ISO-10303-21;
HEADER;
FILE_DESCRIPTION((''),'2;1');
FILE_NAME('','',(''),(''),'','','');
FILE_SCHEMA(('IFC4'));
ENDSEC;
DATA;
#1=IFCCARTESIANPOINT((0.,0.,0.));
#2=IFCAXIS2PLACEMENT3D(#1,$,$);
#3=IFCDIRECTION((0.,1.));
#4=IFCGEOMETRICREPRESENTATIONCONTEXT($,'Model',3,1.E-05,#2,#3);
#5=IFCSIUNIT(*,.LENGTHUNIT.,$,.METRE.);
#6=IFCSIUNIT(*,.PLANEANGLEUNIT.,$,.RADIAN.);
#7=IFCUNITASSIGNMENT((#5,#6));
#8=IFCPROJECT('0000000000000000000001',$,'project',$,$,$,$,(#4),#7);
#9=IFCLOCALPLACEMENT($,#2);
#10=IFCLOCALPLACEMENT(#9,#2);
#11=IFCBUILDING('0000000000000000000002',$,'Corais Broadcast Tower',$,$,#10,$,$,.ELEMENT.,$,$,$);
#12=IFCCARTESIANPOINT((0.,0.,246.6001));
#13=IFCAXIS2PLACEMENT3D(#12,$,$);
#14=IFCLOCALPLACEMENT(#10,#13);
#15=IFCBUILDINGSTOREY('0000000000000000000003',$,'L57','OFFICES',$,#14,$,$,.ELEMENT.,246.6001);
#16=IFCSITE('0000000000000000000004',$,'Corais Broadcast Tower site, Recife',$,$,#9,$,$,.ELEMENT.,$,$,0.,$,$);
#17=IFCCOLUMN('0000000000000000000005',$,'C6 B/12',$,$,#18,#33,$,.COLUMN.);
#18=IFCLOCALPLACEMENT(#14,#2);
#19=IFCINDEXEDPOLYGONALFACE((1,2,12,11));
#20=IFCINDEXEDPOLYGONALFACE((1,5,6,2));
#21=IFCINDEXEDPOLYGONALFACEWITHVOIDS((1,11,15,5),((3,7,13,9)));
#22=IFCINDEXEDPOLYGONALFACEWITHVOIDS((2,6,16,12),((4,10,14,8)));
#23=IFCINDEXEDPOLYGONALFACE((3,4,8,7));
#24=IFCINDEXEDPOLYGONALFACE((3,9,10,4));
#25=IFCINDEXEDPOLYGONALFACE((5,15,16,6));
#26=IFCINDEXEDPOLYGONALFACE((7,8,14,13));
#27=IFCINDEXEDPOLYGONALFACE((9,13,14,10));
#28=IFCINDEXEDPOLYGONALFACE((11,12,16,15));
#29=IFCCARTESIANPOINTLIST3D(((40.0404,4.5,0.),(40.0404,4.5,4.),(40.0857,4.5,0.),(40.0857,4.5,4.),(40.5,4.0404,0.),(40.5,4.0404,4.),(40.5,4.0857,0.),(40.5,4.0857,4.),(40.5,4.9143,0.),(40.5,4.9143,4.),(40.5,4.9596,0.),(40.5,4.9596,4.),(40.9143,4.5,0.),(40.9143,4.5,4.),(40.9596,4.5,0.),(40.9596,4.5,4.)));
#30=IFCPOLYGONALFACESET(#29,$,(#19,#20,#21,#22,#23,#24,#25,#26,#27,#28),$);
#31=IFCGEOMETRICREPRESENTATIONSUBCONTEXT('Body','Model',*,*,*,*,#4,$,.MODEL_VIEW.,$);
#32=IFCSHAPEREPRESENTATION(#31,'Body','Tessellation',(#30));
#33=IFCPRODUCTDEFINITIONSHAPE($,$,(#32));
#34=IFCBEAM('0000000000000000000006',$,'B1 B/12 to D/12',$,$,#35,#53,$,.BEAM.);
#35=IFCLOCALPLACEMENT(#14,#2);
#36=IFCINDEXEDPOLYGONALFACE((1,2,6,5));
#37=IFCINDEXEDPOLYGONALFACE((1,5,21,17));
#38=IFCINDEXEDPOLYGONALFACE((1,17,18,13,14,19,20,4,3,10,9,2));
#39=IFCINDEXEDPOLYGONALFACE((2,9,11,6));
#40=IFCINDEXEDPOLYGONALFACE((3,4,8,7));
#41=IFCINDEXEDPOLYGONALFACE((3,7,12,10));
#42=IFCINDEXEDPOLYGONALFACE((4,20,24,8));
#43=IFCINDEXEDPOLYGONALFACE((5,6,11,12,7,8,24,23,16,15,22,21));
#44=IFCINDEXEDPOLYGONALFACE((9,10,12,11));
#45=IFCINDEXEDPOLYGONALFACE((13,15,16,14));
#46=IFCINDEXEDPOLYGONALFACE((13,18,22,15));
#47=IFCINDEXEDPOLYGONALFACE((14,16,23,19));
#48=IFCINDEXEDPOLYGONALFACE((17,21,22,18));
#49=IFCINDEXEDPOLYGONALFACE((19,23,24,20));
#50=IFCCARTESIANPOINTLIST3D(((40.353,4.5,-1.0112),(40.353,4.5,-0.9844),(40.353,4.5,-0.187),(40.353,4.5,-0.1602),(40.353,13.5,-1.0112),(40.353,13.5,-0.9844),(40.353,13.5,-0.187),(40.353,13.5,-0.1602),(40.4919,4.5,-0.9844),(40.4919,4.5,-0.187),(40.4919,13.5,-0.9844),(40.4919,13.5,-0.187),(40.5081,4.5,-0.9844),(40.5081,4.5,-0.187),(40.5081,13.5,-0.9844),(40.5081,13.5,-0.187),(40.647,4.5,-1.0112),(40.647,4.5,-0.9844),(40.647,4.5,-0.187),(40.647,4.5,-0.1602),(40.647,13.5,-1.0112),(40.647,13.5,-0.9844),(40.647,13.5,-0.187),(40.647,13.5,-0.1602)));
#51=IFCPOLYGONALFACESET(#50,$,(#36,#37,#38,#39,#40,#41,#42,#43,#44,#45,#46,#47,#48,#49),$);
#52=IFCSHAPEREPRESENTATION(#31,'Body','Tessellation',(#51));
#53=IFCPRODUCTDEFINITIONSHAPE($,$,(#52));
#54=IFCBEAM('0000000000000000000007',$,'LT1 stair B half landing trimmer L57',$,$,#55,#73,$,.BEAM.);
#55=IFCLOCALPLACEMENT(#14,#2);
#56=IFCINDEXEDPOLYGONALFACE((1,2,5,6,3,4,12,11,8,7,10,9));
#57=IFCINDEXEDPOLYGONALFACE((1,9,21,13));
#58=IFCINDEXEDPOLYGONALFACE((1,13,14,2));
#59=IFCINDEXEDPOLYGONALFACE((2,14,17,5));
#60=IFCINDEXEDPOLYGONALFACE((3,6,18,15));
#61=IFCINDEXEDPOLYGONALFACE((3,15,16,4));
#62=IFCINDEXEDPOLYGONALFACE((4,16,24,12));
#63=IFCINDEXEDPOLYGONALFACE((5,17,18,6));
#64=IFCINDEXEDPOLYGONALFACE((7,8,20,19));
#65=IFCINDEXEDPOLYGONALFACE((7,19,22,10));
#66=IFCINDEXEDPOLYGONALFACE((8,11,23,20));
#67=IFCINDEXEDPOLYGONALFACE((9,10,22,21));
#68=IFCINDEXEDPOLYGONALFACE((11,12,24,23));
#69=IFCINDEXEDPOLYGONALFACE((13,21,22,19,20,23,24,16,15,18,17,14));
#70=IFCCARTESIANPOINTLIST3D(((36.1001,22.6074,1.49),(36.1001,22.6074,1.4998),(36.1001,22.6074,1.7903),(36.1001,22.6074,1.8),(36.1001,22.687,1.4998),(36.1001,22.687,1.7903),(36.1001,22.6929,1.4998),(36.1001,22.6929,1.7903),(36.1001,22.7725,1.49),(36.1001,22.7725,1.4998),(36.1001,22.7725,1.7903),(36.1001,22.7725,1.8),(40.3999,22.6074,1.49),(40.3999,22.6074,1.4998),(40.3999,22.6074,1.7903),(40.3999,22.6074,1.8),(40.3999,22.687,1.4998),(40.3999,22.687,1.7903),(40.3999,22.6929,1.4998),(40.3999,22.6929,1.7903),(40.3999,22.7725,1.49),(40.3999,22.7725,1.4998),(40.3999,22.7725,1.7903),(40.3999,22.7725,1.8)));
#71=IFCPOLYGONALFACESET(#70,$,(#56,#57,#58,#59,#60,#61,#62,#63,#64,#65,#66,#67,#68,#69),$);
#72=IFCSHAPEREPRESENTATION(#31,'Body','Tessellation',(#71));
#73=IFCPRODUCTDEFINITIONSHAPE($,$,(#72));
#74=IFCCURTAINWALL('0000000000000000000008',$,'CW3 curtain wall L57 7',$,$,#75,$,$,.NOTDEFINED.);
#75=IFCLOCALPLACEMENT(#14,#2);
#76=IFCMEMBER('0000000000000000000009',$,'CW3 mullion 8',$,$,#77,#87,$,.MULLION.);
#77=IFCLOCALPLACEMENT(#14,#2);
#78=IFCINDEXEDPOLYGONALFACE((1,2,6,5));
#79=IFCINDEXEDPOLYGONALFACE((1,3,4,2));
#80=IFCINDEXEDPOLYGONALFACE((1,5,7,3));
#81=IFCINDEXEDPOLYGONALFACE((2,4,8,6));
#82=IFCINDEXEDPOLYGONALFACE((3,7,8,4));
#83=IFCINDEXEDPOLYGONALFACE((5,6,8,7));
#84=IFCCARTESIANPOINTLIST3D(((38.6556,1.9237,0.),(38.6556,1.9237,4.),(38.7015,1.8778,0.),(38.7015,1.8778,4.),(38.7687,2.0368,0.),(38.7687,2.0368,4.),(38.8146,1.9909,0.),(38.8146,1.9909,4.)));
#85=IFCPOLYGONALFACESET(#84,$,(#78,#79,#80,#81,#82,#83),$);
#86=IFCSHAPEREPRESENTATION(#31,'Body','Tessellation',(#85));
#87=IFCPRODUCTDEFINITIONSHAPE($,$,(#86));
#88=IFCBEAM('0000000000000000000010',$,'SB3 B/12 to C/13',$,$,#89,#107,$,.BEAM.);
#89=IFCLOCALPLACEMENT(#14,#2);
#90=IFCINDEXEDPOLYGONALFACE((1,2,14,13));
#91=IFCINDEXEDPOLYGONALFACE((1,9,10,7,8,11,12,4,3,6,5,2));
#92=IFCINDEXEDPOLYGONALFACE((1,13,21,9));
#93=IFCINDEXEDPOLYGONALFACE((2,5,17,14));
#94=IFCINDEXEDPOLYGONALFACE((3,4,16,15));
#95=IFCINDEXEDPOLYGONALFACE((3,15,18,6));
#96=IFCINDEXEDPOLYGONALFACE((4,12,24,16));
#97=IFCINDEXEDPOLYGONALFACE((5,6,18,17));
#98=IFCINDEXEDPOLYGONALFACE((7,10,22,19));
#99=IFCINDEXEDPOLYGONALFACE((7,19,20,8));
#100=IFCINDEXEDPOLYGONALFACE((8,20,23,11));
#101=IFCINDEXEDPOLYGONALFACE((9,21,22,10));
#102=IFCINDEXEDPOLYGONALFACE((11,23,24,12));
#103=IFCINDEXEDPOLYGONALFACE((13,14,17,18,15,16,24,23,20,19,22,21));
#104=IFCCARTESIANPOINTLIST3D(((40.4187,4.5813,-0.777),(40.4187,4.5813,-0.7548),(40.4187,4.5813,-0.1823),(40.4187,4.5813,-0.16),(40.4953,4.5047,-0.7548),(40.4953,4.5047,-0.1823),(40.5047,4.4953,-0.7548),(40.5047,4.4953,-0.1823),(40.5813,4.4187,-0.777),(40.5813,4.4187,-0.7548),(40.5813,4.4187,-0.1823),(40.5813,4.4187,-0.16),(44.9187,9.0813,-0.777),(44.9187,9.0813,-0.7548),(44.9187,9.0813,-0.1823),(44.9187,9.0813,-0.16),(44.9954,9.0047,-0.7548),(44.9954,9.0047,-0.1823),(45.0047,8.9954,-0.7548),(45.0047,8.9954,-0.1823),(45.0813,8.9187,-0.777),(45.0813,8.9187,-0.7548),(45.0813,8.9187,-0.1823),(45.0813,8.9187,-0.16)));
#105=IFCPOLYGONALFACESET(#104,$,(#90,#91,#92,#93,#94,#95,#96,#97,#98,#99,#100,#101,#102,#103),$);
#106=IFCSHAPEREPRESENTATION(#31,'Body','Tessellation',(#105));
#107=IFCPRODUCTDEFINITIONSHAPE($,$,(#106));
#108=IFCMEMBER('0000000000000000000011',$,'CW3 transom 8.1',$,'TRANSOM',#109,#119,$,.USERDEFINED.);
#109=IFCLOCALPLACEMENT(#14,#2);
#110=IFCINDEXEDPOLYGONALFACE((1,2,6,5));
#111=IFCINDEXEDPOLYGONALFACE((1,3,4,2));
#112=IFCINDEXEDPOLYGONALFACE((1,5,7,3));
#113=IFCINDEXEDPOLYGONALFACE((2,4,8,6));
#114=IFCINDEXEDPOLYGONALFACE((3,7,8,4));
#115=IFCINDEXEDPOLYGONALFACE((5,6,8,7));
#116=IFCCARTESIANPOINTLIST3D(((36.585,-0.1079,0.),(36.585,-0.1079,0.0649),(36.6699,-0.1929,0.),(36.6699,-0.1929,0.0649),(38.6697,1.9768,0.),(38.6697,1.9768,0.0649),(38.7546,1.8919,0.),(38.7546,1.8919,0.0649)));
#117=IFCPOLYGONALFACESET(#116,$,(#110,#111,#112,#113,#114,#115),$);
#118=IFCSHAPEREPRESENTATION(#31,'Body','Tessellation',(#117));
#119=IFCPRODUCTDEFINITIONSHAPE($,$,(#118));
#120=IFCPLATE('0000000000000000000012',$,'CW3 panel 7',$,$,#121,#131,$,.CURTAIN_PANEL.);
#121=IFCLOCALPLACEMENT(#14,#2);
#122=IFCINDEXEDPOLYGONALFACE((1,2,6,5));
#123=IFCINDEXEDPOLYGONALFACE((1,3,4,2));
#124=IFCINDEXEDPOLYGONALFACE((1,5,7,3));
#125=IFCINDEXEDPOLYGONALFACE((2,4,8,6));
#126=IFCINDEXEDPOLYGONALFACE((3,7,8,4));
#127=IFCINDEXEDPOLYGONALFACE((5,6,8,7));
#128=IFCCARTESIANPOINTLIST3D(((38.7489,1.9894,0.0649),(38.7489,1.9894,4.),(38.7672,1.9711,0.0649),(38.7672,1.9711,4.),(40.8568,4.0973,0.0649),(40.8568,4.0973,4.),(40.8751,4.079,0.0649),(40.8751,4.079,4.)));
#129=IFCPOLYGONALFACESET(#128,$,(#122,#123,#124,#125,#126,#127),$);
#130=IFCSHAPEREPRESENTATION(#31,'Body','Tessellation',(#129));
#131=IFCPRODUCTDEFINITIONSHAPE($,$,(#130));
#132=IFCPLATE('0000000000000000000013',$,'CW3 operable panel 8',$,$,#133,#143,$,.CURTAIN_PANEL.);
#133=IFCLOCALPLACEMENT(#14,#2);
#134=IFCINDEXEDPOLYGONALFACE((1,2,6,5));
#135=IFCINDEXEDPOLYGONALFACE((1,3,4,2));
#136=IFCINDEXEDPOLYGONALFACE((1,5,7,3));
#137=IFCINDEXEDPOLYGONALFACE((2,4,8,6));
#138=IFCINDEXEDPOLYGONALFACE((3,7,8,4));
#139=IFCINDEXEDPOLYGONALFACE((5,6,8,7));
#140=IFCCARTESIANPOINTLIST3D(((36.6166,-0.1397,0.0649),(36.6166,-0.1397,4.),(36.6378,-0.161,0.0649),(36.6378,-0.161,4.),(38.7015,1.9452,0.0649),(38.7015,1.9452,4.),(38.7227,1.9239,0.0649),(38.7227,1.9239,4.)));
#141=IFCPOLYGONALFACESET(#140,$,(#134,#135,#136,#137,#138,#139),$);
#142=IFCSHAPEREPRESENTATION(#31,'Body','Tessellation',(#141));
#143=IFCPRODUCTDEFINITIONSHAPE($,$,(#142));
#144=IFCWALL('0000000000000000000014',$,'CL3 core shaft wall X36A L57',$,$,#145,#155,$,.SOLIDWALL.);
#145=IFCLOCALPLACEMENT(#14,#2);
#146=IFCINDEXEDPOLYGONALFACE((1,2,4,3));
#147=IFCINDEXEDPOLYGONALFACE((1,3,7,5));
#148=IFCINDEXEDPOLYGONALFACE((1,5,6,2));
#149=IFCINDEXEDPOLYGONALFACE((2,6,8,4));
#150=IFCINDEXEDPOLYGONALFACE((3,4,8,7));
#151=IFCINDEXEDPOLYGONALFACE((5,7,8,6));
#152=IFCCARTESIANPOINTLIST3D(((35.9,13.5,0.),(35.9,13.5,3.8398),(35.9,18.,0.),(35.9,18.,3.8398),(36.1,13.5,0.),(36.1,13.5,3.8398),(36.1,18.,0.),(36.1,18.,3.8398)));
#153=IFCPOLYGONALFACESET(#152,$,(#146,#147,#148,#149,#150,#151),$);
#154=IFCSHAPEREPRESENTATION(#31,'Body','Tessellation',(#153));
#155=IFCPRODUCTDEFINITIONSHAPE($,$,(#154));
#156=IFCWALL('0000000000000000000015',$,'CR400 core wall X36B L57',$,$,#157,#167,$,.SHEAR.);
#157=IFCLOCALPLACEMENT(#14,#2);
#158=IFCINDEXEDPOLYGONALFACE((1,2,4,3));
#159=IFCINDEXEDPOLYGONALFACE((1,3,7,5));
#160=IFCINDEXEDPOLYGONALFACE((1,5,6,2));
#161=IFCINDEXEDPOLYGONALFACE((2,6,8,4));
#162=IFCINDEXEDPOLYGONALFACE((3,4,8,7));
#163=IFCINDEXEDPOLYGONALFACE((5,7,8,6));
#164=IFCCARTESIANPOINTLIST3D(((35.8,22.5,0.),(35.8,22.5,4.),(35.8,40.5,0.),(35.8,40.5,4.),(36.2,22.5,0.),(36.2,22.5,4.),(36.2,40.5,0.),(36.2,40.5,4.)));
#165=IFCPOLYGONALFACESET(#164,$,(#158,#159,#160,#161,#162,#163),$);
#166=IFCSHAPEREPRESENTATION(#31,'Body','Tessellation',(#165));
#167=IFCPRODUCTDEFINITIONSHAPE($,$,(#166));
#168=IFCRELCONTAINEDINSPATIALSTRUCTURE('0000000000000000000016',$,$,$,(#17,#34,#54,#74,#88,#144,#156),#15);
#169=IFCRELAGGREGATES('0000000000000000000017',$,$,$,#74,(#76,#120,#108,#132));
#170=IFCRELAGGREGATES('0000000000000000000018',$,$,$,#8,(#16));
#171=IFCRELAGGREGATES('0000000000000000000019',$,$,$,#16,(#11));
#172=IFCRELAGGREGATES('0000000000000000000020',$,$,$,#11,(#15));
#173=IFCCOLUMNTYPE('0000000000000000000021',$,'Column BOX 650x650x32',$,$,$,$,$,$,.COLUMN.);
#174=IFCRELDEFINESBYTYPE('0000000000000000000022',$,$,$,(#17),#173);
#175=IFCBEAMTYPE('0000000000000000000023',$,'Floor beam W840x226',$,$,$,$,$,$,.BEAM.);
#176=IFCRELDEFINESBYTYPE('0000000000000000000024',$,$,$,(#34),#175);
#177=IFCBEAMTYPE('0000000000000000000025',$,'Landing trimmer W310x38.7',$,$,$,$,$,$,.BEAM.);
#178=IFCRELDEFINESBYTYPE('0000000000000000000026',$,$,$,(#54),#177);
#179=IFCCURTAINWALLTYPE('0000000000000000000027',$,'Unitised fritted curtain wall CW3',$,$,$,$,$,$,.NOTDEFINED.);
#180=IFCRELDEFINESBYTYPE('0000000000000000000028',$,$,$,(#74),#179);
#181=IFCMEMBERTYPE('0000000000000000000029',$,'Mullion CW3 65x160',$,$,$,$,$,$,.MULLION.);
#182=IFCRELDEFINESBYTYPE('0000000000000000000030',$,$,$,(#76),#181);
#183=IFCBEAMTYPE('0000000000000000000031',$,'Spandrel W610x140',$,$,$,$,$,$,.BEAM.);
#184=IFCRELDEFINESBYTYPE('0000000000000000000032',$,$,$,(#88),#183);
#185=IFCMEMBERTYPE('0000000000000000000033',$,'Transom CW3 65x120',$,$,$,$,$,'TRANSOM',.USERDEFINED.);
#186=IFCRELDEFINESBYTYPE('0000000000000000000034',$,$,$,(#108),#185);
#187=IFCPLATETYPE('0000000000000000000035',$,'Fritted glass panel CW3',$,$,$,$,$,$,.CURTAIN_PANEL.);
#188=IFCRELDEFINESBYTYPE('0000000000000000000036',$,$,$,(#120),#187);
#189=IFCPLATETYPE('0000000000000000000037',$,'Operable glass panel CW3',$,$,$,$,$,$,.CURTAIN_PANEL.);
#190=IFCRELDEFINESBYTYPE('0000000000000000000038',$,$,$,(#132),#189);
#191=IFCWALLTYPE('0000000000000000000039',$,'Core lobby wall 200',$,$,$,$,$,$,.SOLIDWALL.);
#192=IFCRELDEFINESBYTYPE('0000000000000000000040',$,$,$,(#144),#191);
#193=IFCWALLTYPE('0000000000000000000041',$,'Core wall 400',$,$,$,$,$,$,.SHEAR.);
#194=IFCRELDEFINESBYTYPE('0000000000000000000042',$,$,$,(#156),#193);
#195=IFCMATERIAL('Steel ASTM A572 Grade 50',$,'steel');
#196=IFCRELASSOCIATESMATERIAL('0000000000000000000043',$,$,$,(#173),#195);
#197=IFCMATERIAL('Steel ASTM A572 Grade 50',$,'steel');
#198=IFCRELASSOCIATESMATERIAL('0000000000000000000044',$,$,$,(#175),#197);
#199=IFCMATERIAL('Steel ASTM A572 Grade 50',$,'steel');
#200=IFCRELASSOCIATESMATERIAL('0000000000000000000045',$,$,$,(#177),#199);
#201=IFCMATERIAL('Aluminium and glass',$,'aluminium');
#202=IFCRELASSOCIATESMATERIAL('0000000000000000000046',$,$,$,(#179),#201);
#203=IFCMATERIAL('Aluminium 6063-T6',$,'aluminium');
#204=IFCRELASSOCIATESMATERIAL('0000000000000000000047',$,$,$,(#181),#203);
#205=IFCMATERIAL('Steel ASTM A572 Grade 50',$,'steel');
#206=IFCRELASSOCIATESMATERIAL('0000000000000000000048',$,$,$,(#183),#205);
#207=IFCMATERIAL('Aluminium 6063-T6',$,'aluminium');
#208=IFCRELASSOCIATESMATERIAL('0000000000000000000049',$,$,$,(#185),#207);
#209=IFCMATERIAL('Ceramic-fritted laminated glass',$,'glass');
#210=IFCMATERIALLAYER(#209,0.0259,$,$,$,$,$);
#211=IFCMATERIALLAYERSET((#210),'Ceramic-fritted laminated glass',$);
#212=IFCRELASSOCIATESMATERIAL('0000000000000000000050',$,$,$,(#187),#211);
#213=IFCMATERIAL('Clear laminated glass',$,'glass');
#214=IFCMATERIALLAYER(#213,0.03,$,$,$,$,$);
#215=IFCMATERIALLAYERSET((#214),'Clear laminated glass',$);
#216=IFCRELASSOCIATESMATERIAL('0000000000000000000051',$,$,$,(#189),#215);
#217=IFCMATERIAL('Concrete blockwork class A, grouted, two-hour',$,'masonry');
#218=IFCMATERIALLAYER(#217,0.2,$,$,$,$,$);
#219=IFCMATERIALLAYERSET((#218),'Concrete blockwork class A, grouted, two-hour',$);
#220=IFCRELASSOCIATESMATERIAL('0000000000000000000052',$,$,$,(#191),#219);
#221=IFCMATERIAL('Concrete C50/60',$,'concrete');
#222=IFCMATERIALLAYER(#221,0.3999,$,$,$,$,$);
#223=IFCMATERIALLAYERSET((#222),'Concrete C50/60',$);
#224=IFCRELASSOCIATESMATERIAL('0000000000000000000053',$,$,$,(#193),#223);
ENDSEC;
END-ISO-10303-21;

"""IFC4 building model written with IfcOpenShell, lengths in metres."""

from ifc_helpers import new_model, si_unit, direction, frame, frame_2d, origin, origin_2d, place, context, subcontext, project, spatial, rectangle, hollow_rectangle, i_section, extrude, material, layer, layer_set, material_profile, profile_set, type_object, element, aggregate, save


model = new_model("IFC4")

# Units and contexts
model_context = context("Model", 3, precision=1e-05, world=origin(), true_north=direction((0.0, 1.0)))
body_context = subcontext(model_context, "Body", "Model", "MODEL_VIEW")
ifc_project = project(units=[si_unit("LENGTHUNIT", "METRE"), si_unit("PLANEANGLEUNIT", "RADIAN")], contexts=[model_context])

# Site, building, storey
site_placement = place(None, origin())
site = spatial("IfcSite", under=ifc_project, at=site_placement, Name="Corais Broadcast Tower site, Recife", CompositionType="ELEMENT", RefElevation=0.0)
building_placement = place(site_placement, origin())
building = spatial("IfcBuilding", under=site, at=building_placement, Name="Corais Broadcast Tower", CompositionType="ELEMENT")
storey_placement = place(building_placement, frame((0.0, 0.0, 246.6001)))
storey = spatial("IfcBuildingStorey", under=building, at=storey_placement, Name="L57", Description="OFFICES", CompositionType="ELEMENT", Elevation=246.6001)

# Column
ifc_material_1 = material(Name="Steel ASTM A572 Grade 50", Category="steel")
ifc_material_profile_1 = material_profile(ifc_material_1, hollow_rectangle(XDim=0.6499, YDim=0.6499, WallThickness=0.032, at=origin_2d()), Name="BOX 650x650x32")
ifc_profile_set_1 = profile_set([ifc_material_profile_1], Name="Steel ASTM A572 Grade 50")
column_type = type_object("IfcColumnType", Name="Column BOX 650x650x32", PredefinedType="COLUMN", material=ifc_profile_set_1)
column_placement = place(storey_placement, frame((40.5, 4.5, 0.0), z_axis=(0.0, 0.0, 1.0), x_axis=(0.707107, 0.707107, 0.0)))
element("IfcColumn", 1, at=column_placement, inside=storey, type_object=column_type, Name="C6 B/12", PredefinedType="COLUMN", context=body_context, shape_type="SweptSolid", body=[
    extrude(hollow_rectangle(XDim=0.6499, YDim=0.6499, WallThickness=0.032, at=origin_2d()), origin(), (0.0, 0.0, 1.0), 4.0),
])

# Beams
ifc_material_2 = material(Name="Steel ASTM A572 Grade 50", Category="steel")
ifc_material_profile_2 = material_profile(ifc_material_2, i_section(OverallWidth=0.2939, OverallDepth=0.8511, WebThickness=0.0161, FlangeThickness=0.0269, at=origin_2d()), Name="W840x226")
ifc_profile_set_2 = profile_set([ifc_material_profile_2], Name="Steel ASTM A572 Grade 50")
beam_type_1 = type_object("IfcBeamType", Name="Floor beam W840x226", PredefinedType="BEAM", material=ifc_profile_set_2)
beam_1_placement = place(storey_placement, frame((40.5, 4.5, -0.5857), z_axis=(0.0, 1.0, 0.0), x_axis=(-1.0, 0.0, 0.0)))
element("IfcBeam", 2, at=beam_1_placement, inside=storey, type_object=beam_type_1, Name="B1 B/12 to D/12", PredefinedType="BEAM", context=body_context, shape_type="SweptSolid", body=[
    extrude(i_section(OverallWidth=0.2939, OverallDepth=0.8511, WebThickness=0.0161, FlangeThickness=0.0269, at=origin_2d()), origin(), (0.0, 0.0, 1.0), 9.0),
])
ifc_material_3 = material(Name="Steel ASTM A572 Grade 50", Category="steel")
ifc_material_profile_3 = material_profile(ifc_material_3, i_section(OverallWidth=0.165, OverallDepth=0.3101, WebThickness=0.0059, FlangeThickness=0.0098, at=origin_2d()), Name="W310x38.7")
ifc_profile_set_3 = profile_set([ifc_material_profile_3], Name="Steel ASTM A572 Grade 50")
beam_type_2 = type_object("IfcBeamType", Name="Landing trimmer W310x38.7", PredefinedType="BEAM", material=ifc_profile_set_3)
beam_2_placement = place(storey_placement, frame((36.1001, 22.6899, 1.645), z_axis=(1.0, 0.0, 0.0), x_axis=(0.0, 1.0, 0.0)))
element("IfcBeam", 3, at=beam_2_placement, inside=storey, type_object=beam_type_2, Name="LT1 stair B half landing trimmer L57", PredefinedType="BEAM", context=body_context, shape_type="SweptSolid", body=[
    extrude(i_section(OverallWidth=0.165, OverallDepth=0.3101, WebThickness=0.0059, FlangeThickness=0.0098, at=origin_2d()), origin(), (0.0, 0.0, 1.0), 4.2998),
])

# Curtain wall, member
ifc_material_4 = material(Name="Aluminium and glass", Category="aluminium")
curtain_wall_type = type_object("IfcCurtainWallType", Name="Unitised fritted curtain wall CW3", PredefinedType="NOTDEFINED", material=ifc_material_4)
curtain_wall_placement = place(storey_placement, origin())
curtain_wall = element("IfcCurtainWall", 4, at=curtain_wall_placement, inside=storey, type_object=curtain_wall_type, Name="CW3 curtain wall L57 7", PredefinedType="NOTDEFINED")
ifc_material_5 = material(Name="Aluminium 6063-T6", Category="aluminium")
ifc_material_profile_4 = material_profile(ifc_material_5, rectangle(XDim=0.0649, YDim=0.1599, at=origin_2d()), Name="Mullion CW3 65x160")
ifc_profile_set_4 = profile_set([ifc_material_profile_4], Name="Aluminium 6063-T6")
member_type_1 = type_object("IfcMemberType", Name="Mullion CW3 65x160", PredefinedType="MULLION", material=ifc_profile_set_4)
member_1_placement = place(storey_placement, frame((38.7351, 1.9573, 0.0), z_axis=(0.0, 0.0, 1.0), x_axis=(0.707107, -0.707107, 0.0)))
member_1 = element("IfcMember", 5, at=member_1_placement, type_object=member_type_1, Name="CW3 mullion 8", PredefinedType="MULLION", context=body_context, shape_type="SweptSolid", body=[
    extrude(rectangle(XDim=0.0649, YDim=0.1599, at=origin_2d()), origin(), (0.0, 0.0, 1.0), 4.0),
])

# Beam
ifc_material_6 = material(Name="Steel ASTM A572 Grade 50", Category="steel")
ifc_material_profile_5 = material_profile(ifc_material_6, i_section(OverallWidth=0.23, OverallDepth=0.6169, WebThickness=0.0132, FlangeThickness=0.0222, at=origin_2d()), Name="W610x140")
ifc_profile_set_5 = profile_set([ifc_material_profile_5], Name="Steel ASTM A572 Grade 50")
beam_type_3 = type_object("IfcBeamType", Name="Spandrel W610x140", PredefinedType="BEAM", material=ifc_profile_set_5)
beam_3_placement = place(storey_placement, frame((40.5, 4.5, -0.4685), z_axis=(0.707107, 0.707107, 0.0), x_axis=(-0.707107, 0.707107, 0.0)))
element("IfcBeam", 6, at=beam_3_placement, inside=storey, type_object=beam_type_3, Name="SB3 B/12 to C/13", PredefinedType="BEAM", context=body_context, shape_type="SweptSolid", body=[
    extrude(i_section(OverallWidth=0.23, OverallDepth=0.6169, WebThickness=0.0132, FlangeThickness=0.0222, at=origin_2d()), origin(), (0.0, 0.0, 1.0), 6.364),
])

# Member
ifc_material_7 = material(Name="Aluminium 6063-T6", Category="aluminium")
ifc_material_profile_6 = material_profile(ifc_material_7, rectangle(XDim=0.1201, YDim=0.0649, at=origin_2d()), Name="Transom CW3 65x120")
ifc_profile_set_6 = profile_set([ifc_material_profile_6], Name="Aluminium 6063-T6")
member_type_2 = type_object("IfcMemberType", Name="Transom CW3 65x120", ElementType="TRANSOM", PredefinedType="USERDEFINED", material=ifc_profile_set_6)
member_2_placement = place(storey_placement, frame((38.7122, 1.9343, 0.0325), z_axis=(-0.707107, -0.707107, 0.0), x_axis=(0.707107, -0.707107, 0.0)))
member_2 = element("IfcMember", 7, at=member_2_placement, type_object=member_type_2, Name="CW3 transom 8.1", ObjectType="TRANSOM", PredefinedType="USERDEFINED", context=body_context, shape_type="SweptSolid", body=[
    extrude(rectangle(XDim=0.1201, YDim=0.0649, at=origin_2d()), origin(), (0.0, 0.0, 1.0), 2.9482),
])

# Plates
ifc_material_8 = material(Name="Ceramic-fritted laminated glass", Category="glass")
ifc_layer_1 = layer(ifc_material_8, 0.0259)
ifc_layer_set_1 = layer_set([ifc_layer_1], Name="Ceramic-fritted laminated glass")
plate_type_1 = type_object("IfcPlateType", Name="Fritted glass panel CW3", PredefinedType="CURTAIN_PANEL", material=ifc_layer_set_1)
plate_1_placement = place(storey_placement, frame((39.812, 3.0342, 0.0649), z_axis=(0.0, 0.0, 1.0), x_axis=(-0.707107, -0.707107, 0.0)))
plate_1 = element("IfcPlate", 8, at=plate_1_placement, type_object=plate_type_1, Name="CW3 panel 7", PredefinedType="CURTAIN_PANEL", context=body_context, shape_type="SweptSolid", body=[
    extrude(rectangle(XDim=2.981, YDim=0.0259, at=origin_2d()), origin(), (0.0, 0.0, 1.0), 3.9351),
])
ifc_material_9 = material(Name="Clear laminated glass", Category="glass")
ifc_layer_2 = layer(ifc_material_9, 0.03)
ifc_layer_set_2 = layer_set([ifc_layer_2], Name="Clear laminated glass")
plate_type_2 = type_object("IfcPlateType", Name="Operable glass panel CW3", PredefinedType="CURTAIN_PANEL", material=ifc_layer_set_2)
plate_2_placement = place(storey_placement, frame((37.6697, 0.8921, 0.0649), z_axis=(0.0, 0.0, 1.0), x_axis=(-0.707107, -0.707107, 0.0)))
plate_2 = element("IfcPlate", 9, at=plate_2_placement, type_object=plate_type_2, Name="CW3 operable panel 8", PredefinedType="CURTAIN_PANEL", context=body_context, shape_type="SweptSolid", body=[
    extrude(rectangle(XDim=2.9485, YDim=0.03, at=origin_2d()), origin(), (0.0, 0.0, 1.0), 3.9351),
])
aggregate(curtain_wall, [member_1, plate_1, member_2, plate_2])

# Walls
ifc_material_10 = material(Name="Concrete blockwork class A, grouted, two-hour", Category="masonry")
ifc_layer_3 = layer(ifc_material_10, 0.2)
ifc_layer_set_3 = layer_set([ifc_layer_3], Name="Concrete blockwork class A, grouted, two-hour")
wall_type_1 = type_object("IfcWallType", Name="Core lobby wall 200", PredefinedType="SOLIDWALL", material=ifc_layer_set_3)
wall_1_placement = place(storey_placement, frame((36.0, 13.5, 0.0), z_axis=(0.0, 0.0, 1.0), x_axis=(0.0, 1.0, 0.0)))
element("IfcWall", 10, at=wall_1_placement, inside=storey, type_object=wall_type_1, Name="CL3 core shaft wall X36A L57", PredefinedType="SOLIDWALL", context=body_context, shape_type="SweptSolid", body=[
    extrude(rectangle(XDim=4.5, YDim=0.2, at=frame_2d((2.25, 0.0))), origin(), (0.0, 0.0, 1.0), 3.8398),
])
ifc_material_11 = material(Name="Concrete C50/60", Category="concrete")
ifc_layer_4 = layer(ifc_material_11, 0.3999)
ifc_layer_set_4 = layer_set([ifc_layer_4], Name="Concrete C50/60")
wall_type_2 = type_object("IfcWallType", Name="Core wall 400", PredefinedType="SHEAR", material=ifc_layer_set_4)
wall_2_placement = place(storey_placement, frame((36.0, 22.5, 0.0), z_axis=(0.0, 0.0, 1.0), x_axis=(0.0, 1.0, 0.0)))
element("IfcWall", 11, at=wall_2_placement, inside=storey, type_object=wall_type_2, Name="CR400 core wall X36B L57", PredefinedType="SHEAR", context=body_context, shape_type="SweptSolid", body=[
    extrude(rectangle(XDim=18.0, YDim=0.3999, at=frame_2d((9.0, 0.0))), origin(), (0.0, 0.0, 1.0), 4.0),
])

save(model, "model.ifc")
